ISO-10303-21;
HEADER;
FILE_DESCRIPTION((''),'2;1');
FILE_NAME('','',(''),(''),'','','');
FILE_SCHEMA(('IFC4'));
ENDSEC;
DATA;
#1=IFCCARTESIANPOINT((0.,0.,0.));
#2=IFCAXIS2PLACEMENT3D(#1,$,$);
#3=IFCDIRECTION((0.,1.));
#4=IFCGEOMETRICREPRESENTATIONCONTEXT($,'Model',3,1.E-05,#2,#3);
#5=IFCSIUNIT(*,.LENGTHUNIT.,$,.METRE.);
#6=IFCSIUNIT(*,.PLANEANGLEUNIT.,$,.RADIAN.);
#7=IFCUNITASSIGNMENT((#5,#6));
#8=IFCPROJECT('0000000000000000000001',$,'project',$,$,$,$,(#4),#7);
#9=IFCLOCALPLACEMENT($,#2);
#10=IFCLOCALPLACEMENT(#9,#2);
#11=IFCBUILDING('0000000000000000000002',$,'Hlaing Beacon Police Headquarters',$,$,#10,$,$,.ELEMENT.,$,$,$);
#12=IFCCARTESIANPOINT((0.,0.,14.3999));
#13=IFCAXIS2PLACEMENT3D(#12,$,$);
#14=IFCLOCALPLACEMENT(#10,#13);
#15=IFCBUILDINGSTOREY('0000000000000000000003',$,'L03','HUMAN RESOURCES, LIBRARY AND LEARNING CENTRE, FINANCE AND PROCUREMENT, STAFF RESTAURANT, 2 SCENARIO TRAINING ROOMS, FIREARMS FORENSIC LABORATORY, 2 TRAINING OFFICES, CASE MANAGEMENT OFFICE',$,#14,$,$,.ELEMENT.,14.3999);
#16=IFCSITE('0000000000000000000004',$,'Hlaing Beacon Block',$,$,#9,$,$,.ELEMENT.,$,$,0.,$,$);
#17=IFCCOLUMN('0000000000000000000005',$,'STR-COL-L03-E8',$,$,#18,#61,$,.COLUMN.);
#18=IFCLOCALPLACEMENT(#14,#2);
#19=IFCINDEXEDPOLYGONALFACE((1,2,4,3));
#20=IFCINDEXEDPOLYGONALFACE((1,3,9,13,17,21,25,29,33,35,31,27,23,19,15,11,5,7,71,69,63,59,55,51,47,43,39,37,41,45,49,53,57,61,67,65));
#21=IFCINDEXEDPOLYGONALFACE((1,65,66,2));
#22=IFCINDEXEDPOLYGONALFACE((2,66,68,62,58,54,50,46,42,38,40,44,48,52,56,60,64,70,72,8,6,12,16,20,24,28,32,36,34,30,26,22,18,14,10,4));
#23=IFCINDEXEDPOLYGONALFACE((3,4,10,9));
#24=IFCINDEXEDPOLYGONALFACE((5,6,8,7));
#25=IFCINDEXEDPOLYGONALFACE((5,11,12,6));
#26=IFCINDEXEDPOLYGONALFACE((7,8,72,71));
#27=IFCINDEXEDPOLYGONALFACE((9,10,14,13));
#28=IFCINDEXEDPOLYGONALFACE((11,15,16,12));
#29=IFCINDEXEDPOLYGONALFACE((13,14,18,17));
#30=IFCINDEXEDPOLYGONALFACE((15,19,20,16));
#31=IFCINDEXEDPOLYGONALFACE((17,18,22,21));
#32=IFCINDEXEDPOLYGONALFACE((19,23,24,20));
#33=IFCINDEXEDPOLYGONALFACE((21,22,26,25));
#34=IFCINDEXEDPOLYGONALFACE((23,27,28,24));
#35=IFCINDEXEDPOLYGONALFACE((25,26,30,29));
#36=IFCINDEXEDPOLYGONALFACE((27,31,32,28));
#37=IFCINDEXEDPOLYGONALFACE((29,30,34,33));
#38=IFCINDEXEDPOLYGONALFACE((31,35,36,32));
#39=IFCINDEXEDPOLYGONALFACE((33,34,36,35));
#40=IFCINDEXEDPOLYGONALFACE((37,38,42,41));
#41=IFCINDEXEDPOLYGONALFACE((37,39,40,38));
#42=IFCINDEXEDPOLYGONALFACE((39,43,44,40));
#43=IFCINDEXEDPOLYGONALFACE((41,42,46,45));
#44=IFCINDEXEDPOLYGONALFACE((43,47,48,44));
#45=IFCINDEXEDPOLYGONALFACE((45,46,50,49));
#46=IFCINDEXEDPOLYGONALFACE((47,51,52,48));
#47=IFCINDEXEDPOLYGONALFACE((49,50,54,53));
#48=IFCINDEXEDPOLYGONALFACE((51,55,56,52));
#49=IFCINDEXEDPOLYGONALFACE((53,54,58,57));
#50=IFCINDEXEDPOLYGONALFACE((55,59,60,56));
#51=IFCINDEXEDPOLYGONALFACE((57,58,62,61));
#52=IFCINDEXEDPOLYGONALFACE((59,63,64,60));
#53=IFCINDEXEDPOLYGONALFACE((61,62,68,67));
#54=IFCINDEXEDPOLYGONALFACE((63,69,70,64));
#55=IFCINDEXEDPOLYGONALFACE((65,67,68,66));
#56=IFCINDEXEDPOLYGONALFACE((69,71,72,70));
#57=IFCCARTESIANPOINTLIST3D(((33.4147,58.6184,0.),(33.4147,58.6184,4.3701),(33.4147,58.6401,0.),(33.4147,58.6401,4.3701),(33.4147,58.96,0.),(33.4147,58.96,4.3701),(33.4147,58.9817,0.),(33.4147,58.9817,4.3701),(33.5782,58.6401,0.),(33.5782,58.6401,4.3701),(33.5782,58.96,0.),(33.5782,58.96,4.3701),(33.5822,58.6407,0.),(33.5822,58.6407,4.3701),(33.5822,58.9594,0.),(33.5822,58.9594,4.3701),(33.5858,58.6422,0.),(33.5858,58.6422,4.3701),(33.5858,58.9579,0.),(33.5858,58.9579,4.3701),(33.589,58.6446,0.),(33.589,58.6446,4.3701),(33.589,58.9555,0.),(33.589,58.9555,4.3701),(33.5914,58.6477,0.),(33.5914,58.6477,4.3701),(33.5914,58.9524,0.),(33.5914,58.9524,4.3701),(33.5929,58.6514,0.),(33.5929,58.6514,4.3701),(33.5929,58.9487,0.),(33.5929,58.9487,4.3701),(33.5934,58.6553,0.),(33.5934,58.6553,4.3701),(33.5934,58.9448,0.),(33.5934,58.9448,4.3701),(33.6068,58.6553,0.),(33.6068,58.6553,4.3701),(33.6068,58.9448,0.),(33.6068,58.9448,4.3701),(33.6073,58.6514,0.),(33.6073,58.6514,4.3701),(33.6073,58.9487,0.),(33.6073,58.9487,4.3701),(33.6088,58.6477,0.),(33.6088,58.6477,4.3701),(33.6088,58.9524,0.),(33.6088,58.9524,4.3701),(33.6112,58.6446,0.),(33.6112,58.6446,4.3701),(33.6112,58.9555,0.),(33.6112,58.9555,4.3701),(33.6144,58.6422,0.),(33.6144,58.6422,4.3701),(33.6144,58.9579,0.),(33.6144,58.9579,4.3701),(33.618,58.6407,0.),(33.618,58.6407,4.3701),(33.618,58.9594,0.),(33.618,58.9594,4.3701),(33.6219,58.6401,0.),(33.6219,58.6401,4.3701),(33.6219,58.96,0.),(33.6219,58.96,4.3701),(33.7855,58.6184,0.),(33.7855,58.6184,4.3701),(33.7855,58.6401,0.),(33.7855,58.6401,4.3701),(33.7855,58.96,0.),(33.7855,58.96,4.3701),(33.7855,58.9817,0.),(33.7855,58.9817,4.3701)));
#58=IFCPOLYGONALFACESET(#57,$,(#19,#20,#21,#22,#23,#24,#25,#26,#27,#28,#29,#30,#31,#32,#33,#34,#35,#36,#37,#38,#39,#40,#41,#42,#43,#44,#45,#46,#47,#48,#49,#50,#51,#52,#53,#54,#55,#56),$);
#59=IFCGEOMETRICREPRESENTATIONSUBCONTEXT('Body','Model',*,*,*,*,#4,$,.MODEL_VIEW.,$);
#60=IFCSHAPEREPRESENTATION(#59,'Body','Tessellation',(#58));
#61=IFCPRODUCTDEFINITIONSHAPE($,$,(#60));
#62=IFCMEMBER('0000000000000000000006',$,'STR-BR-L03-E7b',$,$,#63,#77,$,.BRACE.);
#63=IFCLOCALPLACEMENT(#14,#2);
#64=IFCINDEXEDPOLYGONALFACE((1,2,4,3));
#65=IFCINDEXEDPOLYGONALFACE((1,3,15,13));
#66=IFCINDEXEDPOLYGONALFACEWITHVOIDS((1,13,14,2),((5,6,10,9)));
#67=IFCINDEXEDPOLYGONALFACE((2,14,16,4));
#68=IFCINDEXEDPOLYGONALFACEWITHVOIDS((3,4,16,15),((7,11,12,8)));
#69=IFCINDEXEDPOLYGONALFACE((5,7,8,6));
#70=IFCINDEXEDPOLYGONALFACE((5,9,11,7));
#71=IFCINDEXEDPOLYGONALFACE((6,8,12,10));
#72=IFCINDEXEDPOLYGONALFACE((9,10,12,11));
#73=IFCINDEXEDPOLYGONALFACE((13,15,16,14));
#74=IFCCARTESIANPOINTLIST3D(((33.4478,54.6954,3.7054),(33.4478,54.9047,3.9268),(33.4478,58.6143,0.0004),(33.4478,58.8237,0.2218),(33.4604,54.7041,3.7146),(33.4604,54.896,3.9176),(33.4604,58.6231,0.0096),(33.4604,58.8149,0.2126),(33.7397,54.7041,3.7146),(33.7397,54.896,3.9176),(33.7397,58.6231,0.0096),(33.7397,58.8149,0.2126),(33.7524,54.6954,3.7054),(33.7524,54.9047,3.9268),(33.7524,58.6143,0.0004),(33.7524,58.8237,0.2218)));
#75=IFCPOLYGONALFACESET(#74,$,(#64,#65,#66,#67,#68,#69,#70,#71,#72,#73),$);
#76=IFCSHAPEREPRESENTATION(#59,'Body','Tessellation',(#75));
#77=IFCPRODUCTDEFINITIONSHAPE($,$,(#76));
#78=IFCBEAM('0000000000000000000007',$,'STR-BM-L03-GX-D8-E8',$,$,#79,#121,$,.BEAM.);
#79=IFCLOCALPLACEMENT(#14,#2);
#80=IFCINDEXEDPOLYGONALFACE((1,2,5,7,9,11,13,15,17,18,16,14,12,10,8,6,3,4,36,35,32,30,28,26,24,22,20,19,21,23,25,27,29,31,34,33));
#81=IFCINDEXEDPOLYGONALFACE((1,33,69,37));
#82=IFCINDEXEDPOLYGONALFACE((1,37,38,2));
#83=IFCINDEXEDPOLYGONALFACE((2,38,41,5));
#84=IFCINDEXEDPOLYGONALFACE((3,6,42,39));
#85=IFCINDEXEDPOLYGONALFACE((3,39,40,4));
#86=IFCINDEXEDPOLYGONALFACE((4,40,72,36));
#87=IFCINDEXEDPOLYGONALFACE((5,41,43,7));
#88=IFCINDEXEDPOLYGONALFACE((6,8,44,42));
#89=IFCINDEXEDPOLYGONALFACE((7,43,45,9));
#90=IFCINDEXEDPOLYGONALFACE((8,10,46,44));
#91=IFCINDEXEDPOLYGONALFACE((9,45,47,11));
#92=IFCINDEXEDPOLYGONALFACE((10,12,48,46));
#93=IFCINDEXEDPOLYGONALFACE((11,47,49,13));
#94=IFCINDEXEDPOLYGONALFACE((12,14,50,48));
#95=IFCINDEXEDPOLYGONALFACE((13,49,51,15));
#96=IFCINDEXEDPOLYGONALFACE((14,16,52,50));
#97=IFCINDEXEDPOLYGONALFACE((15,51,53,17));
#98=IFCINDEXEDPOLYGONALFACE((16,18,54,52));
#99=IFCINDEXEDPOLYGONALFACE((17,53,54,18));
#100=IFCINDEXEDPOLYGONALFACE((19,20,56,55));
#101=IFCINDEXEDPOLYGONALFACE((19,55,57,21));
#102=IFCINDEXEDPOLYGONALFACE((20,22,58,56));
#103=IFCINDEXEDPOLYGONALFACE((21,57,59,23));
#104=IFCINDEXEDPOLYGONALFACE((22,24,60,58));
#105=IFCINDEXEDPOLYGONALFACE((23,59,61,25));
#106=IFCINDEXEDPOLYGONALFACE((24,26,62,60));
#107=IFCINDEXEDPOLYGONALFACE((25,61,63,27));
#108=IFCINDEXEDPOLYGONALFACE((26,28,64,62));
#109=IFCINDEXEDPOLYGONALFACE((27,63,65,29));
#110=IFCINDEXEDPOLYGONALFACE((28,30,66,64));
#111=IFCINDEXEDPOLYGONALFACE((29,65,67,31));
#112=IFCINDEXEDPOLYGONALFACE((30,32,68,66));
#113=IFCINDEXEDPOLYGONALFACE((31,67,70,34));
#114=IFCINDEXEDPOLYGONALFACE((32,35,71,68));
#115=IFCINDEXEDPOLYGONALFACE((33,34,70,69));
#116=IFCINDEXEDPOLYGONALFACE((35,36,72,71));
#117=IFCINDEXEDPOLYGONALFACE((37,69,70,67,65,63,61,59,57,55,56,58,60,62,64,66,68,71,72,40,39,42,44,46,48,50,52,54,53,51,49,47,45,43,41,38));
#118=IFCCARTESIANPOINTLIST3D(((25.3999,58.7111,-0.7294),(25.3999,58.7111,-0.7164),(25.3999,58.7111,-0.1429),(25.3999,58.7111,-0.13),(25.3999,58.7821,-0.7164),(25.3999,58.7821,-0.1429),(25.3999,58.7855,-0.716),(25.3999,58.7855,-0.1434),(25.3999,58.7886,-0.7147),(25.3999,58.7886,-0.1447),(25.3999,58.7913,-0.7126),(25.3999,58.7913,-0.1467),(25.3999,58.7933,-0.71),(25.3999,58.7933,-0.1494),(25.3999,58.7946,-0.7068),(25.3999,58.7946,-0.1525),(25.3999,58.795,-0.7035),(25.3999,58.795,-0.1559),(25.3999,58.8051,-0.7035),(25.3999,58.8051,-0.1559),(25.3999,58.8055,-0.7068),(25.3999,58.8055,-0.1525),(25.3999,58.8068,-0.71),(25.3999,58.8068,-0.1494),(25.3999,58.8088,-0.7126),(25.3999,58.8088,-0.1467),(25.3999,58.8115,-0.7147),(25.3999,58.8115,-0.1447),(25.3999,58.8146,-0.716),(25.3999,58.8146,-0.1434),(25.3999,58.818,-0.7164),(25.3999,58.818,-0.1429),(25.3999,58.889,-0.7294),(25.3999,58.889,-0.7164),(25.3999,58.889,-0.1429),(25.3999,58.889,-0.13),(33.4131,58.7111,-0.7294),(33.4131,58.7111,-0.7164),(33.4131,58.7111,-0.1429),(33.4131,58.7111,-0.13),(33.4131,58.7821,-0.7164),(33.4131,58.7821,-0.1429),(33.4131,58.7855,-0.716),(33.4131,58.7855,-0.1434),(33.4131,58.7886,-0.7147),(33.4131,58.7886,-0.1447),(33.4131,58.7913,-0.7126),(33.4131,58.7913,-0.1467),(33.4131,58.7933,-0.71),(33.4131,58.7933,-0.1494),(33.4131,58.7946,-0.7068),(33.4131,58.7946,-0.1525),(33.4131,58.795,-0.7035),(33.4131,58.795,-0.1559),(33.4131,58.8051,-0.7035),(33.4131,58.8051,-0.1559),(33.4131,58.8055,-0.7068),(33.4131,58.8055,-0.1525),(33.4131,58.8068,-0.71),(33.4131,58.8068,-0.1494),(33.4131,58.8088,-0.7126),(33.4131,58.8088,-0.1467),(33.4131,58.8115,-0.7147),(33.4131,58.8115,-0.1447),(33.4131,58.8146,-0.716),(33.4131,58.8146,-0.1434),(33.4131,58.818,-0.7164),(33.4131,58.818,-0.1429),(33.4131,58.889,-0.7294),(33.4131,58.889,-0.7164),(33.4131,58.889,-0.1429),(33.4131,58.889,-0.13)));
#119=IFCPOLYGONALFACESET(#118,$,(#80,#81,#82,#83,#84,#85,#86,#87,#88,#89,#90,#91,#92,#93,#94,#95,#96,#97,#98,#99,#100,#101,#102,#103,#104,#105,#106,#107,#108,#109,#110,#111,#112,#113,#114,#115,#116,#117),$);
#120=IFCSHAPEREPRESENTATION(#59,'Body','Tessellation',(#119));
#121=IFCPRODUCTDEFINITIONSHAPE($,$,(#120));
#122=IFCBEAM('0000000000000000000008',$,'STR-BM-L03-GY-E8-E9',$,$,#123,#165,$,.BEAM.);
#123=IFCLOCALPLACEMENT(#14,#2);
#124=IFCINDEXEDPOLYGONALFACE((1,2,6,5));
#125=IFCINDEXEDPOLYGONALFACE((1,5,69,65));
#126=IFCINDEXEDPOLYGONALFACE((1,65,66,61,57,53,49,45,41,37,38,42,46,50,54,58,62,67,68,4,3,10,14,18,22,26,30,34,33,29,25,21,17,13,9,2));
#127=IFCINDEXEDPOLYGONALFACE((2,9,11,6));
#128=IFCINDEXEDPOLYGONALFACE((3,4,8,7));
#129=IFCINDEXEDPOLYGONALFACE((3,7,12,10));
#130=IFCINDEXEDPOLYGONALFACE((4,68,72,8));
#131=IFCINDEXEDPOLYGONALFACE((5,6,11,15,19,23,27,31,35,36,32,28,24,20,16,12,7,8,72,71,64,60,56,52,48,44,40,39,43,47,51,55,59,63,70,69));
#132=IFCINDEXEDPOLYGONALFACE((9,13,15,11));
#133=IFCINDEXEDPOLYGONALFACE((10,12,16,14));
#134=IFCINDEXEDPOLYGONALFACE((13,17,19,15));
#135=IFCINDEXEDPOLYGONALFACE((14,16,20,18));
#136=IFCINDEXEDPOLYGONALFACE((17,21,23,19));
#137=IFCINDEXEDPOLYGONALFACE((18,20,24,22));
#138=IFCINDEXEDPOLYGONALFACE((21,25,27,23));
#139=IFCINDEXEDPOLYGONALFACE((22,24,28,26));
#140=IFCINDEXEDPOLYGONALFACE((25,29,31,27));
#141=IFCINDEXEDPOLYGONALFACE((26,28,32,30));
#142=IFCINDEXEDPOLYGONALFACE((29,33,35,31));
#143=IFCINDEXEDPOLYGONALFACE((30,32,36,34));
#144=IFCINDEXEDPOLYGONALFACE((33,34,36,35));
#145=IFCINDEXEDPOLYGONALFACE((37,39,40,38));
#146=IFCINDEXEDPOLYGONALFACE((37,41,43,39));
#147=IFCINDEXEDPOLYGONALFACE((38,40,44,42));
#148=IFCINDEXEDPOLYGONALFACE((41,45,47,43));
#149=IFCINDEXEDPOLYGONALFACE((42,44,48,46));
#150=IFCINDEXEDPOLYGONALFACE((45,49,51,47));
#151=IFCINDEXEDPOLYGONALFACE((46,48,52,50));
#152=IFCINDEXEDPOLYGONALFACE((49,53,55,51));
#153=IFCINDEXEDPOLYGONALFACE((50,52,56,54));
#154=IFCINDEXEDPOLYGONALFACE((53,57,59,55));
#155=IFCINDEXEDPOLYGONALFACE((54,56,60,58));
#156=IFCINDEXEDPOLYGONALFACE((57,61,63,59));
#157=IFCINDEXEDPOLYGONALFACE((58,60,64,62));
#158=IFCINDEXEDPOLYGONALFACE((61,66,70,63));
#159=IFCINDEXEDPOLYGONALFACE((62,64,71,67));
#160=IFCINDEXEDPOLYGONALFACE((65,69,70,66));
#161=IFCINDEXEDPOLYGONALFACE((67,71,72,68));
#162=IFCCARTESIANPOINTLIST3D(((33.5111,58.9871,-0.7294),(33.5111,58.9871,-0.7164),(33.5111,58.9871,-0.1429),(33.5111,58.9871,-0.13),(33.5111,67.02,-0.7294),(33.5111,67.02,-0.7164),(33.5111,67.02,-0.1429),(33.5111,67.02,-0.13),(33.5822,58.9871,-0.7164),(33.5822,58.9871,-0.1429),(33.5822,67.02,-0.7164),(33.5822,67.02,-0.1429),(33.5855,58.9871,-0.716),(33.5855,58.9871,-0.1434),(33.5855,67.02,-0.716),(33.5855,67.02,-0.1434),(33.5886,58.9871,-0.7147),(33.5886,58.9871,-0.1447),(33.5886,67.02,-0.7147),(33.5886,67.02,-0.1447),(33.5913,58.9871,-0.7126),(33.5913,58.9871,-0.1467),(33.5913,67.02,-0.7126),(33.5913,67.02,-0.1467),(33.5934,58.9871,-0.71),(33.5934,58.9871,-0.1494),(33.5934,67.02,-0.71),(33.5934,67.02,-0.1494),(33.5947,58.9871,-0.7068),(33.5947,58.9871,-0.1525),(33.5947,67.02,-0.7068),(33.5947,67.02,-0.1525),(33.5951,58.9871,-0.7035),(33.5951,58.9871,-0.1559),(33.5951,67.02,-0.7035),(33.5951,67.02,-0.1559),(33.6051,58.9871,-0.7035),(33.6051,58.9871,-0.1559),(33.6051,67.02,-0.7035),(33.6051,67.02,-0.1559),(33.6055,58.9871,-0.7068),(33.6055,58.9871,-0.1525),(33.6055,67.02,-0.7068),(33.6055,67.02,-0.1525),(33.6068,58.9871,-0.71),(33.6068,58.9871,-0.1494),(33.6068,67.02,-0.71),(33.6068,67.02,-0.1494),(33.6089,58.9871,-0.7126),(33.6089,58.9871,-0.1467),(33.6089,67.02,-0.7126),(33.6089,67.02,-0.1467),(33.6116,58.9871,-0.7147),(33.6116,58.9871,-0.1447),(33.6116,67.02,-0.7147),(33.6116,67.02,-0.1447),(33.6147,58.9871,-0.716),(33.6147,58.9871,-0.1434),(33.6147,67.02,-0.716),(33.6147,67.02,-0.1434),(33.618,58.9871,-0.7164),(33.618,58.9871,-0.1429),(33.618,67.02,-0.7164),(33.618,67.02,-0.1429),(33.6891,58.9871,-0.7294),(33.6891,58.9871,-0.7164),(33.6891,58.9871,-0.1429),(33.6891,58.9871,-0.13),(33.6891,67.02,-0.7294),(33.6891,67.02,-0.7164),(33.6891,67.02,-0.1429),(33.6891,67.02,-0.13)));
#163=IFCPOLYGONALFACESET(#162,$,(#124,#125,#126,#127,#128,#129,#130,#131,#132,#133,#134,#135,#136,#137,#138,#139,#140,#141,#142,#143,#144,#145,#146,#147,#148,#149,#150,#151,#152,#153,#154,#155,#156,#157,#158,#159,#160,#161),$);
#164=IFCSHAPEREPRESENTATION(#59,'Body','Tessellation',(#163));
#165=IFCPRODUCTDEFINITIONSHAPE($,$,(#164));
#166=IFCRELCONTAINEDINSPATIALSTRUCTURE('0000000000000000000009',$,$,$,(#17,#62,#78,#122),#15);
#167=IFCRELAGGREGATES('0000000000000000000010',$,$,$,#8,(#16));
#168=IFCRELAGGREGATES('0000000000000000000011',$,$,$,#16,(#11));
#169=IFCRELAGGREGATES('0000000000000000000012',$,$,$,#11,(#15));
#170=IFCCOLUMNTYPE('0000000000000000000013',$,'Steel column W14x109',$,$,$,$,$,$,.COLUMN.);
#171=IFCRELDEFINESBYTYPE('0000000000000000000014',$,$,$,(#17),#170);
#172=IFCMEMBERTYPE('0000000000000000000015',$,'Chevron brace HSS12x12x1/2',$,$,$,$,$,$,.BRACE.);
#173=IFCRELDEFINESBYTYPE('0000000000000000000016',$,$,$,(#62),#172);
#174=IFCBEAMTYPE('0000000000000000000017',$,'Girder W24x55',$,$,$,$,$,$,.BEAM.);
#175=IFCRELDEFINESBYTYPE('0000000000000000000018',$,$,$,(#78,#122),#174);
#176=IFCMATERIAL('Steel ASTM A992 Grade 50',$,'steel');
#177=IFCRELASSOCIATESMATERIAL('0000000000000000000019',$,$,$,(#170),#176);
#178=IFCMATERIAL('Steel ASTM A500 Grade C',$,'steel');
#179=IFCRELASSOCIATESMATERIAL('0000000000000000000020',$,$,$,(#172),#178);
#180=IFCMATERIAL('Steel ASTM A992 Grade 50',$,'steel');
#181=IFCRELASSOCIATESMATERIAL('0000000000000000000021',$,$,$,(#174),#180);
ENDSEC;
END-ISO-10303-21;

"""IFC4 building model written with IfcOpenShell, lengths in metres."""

from ifc_helpers import new_model, si_unit, direction, frame, origin, origin_2d, place, context, subcontext, project, spatial, hollow_rectangle, i_section, extrude, material, material_profile, profile_set, type_object, element, save


model = new_model("IFC4")

# Units and contexts
model_context = context("Model", 3, precision=1e-05, world=origin(), true_north=direction((0.0, 1.0)))
body_context = subcontext(model_context, "Body", "Model", "MODEL_VIEW")
ifc_project = project(units=[si_unit("LENGTHUNIT", "METRE"), si_unit("PLANEANGLEUNIT", "RADIAN")], contexts=[model_context])

# Site, building, storey
site_placement = place(None, origin())
site = spatial("IfcSite", under=ifc_project, at=site_placement, Name="Hlaing Beacon Block", CompositionType="ELEMENT", RefElevation=0.0)
building_placement = place(site_placement, origin())
building = spatial("IfcBuilding", under=site, at=building_placement, Name="Hlaing Beacon Police Headquarters", CompositionType="ELEMENT")
storey_placement = place(building_placement, frame((0.0, 0.0, 14.3999)))
storey = spatial("IfcBuildingStorey", under=building, at=storey_placement, Name="L03", Description="HUMAN RESOURCES, LIBRARY AND LEARNING CENTRE, FINANCE AND PROCUREMENT, STAFF RESTAURANT, 2 SCENARIO TRAINING ROOMS, FIREARMS FORENSIC LABORATORY, 2 TRAINING OFFICES, CASE MANAGEMENT OFFICE", CompositionType="ELEMENT", Elevation=14.3999)

# Column
ifc_material_1 = material(Name="Steel ASTM A992 Grade 50", Category="steel")
ifc_material_profile_1 = material_profile(ifc_material_1, i_section(OverallWidth=0.3708, OverallDepth=0.3633, WebThickness=0.0134, FlangeThickness=0.0217, FilletRadius=0.0151, at=origin_2d()), Name="W14x109")
ifc_profile_set_1 = profile_set([ifc_material_profile_1], Name="Steel ASTM A992 Grade 50")
column_type = type_object("IfcColumnType", Name="Steel column W14x109", PredefinedType="COLUMN", material=ifc_profile_set_1)
column_placement = place(storey_placement, frame((33.6001, 58.8, 0.0), z_axis=(0.0, 0.0, 1.0), x_axis=(1.0, 0.0, 0.0)))
element("IfcColumn", 1, at=column_placement, inside=storey, type_object=column_type, Name="STR-COL-L03-E8", PredefinedType="COLUMN", context=body_context, shape_type="SweptSolid", body=[
    extrude(i_section(OverallWidth=0.3708, OverallDepth=0.3633, WebThickness=0.0134, FlangeThickness=0.0217, FilletRadius=0.0151, at=origin_2d()), origin(), (0.0, 0.0, 1.0), 4.3701),
])

# Member
ifc_material_2 = material(Name="Steel ASTM A500 Grade C", Category="steel")
ifc_material_profile_2 = material_profile(ifc_material_2, hollow_rectangle(XDim=0.3047, YDim=0.3047, WallThickness=0.0127, at=origin_2d()), Name="HSS12x12x1/2")
ifc_profile_set_2 = profile_set([ifc_material_profile_2], Name="Steel ASTM A500 Grade C")
member_type = type_object("IfcMemberType", Name="Chevron brace HSS12x12x1/2", PredefinedType="BRACE", material=ifc_profile_set_2)
member_placement = place(storey_placement, frame((33.6001, 58.719, 0.1111), z_axis=(0.0, -0.726657, 0.687001), x_axis=(1.0, 0.0, 0.0)))
element("IfcMember", 2, at=member_placement, inside=storey, type_object=member_type, Name="STR-BR-L03-E7b", PredefinedType="BRACE", context=body_context, shape_type="SweptSolid", body=[
    extrude(hollow_rectangle(XDim=0.3047, YDim=0.3047, WallThickness=0.0127, at=origin_2d()), origin(), (0.0, 0.0, 1.0), 5.3931),
])

# Beams
ifc_material_3 = material(Name="Steel ASTM A992 Grade 50", Category="steel")
ifc_material_profile_3 = material_profile(ifc_material_3, i_section(OverallWidth=0.178, OverallDepth=0.5994, WebThickness=0.01, FlangeThickness=0.0129, FilletRadius=0.0129, at=origin_2d()), Name="W24x55")
ifc_profile_set_3 = profile_set([ifc_material_profile_3], Name="Steel ASTM A992 Grade 50")
beam_type_1 = type_object("IfcBeamType", Name="Girder W24x55", PredefinedType="BEAM", material=ifc_profile_set_3)
beam_1_placement = place(storey_placement, frame((25.3999, 58.8, -0.4297), z_axis=(1.0, 0.0, 0.0), x_axis=(0.0, 1.0, 0.0)))
element("IfcBeam", 3, at=beam_1_placement, inside=storey, type_object=beam_type_1, Name="STR-BM-L03-GX-D8-E8", PredefinedType="BEAM", context=body_context, shape_type="SweptSolid", body=[
    extrude(i_section(OverallWidth=0.178, OverallDepth=0.5994, WebThickness=0.01, FlangeThickness=0.0129, FilletRadius=0.0129, at=origin_2d()), origin(), (0.0, 0.0, 1.0), 8.0132),
])
beam_2_placement = place(storey_placement, frame((33.6001, 58.9871, -0.4297), z_axis=(0.0, 1.0, 0.0), x_axis=(-1.0, 0.0, 0.0)))
element("IfcBeam", 4, at=beam_2_placement, inside=storey, type_object=beam_type_1, Name="STR-BM-L03-GY-E8-E9", PredefinedType="BEAM", context=body_context, shape_type="SweptSolid", body=[
    extrude(i_section(OverallWidth=0.178, OverallDepth=0.5994, WebThickness=0.01, FlangeThickness=0.0129, FilletRadius=0.0129, at=origin_2d()), origin(), (0.0, 0.0, 1.0), 8.033),
])

save(model, "model.ifc")
